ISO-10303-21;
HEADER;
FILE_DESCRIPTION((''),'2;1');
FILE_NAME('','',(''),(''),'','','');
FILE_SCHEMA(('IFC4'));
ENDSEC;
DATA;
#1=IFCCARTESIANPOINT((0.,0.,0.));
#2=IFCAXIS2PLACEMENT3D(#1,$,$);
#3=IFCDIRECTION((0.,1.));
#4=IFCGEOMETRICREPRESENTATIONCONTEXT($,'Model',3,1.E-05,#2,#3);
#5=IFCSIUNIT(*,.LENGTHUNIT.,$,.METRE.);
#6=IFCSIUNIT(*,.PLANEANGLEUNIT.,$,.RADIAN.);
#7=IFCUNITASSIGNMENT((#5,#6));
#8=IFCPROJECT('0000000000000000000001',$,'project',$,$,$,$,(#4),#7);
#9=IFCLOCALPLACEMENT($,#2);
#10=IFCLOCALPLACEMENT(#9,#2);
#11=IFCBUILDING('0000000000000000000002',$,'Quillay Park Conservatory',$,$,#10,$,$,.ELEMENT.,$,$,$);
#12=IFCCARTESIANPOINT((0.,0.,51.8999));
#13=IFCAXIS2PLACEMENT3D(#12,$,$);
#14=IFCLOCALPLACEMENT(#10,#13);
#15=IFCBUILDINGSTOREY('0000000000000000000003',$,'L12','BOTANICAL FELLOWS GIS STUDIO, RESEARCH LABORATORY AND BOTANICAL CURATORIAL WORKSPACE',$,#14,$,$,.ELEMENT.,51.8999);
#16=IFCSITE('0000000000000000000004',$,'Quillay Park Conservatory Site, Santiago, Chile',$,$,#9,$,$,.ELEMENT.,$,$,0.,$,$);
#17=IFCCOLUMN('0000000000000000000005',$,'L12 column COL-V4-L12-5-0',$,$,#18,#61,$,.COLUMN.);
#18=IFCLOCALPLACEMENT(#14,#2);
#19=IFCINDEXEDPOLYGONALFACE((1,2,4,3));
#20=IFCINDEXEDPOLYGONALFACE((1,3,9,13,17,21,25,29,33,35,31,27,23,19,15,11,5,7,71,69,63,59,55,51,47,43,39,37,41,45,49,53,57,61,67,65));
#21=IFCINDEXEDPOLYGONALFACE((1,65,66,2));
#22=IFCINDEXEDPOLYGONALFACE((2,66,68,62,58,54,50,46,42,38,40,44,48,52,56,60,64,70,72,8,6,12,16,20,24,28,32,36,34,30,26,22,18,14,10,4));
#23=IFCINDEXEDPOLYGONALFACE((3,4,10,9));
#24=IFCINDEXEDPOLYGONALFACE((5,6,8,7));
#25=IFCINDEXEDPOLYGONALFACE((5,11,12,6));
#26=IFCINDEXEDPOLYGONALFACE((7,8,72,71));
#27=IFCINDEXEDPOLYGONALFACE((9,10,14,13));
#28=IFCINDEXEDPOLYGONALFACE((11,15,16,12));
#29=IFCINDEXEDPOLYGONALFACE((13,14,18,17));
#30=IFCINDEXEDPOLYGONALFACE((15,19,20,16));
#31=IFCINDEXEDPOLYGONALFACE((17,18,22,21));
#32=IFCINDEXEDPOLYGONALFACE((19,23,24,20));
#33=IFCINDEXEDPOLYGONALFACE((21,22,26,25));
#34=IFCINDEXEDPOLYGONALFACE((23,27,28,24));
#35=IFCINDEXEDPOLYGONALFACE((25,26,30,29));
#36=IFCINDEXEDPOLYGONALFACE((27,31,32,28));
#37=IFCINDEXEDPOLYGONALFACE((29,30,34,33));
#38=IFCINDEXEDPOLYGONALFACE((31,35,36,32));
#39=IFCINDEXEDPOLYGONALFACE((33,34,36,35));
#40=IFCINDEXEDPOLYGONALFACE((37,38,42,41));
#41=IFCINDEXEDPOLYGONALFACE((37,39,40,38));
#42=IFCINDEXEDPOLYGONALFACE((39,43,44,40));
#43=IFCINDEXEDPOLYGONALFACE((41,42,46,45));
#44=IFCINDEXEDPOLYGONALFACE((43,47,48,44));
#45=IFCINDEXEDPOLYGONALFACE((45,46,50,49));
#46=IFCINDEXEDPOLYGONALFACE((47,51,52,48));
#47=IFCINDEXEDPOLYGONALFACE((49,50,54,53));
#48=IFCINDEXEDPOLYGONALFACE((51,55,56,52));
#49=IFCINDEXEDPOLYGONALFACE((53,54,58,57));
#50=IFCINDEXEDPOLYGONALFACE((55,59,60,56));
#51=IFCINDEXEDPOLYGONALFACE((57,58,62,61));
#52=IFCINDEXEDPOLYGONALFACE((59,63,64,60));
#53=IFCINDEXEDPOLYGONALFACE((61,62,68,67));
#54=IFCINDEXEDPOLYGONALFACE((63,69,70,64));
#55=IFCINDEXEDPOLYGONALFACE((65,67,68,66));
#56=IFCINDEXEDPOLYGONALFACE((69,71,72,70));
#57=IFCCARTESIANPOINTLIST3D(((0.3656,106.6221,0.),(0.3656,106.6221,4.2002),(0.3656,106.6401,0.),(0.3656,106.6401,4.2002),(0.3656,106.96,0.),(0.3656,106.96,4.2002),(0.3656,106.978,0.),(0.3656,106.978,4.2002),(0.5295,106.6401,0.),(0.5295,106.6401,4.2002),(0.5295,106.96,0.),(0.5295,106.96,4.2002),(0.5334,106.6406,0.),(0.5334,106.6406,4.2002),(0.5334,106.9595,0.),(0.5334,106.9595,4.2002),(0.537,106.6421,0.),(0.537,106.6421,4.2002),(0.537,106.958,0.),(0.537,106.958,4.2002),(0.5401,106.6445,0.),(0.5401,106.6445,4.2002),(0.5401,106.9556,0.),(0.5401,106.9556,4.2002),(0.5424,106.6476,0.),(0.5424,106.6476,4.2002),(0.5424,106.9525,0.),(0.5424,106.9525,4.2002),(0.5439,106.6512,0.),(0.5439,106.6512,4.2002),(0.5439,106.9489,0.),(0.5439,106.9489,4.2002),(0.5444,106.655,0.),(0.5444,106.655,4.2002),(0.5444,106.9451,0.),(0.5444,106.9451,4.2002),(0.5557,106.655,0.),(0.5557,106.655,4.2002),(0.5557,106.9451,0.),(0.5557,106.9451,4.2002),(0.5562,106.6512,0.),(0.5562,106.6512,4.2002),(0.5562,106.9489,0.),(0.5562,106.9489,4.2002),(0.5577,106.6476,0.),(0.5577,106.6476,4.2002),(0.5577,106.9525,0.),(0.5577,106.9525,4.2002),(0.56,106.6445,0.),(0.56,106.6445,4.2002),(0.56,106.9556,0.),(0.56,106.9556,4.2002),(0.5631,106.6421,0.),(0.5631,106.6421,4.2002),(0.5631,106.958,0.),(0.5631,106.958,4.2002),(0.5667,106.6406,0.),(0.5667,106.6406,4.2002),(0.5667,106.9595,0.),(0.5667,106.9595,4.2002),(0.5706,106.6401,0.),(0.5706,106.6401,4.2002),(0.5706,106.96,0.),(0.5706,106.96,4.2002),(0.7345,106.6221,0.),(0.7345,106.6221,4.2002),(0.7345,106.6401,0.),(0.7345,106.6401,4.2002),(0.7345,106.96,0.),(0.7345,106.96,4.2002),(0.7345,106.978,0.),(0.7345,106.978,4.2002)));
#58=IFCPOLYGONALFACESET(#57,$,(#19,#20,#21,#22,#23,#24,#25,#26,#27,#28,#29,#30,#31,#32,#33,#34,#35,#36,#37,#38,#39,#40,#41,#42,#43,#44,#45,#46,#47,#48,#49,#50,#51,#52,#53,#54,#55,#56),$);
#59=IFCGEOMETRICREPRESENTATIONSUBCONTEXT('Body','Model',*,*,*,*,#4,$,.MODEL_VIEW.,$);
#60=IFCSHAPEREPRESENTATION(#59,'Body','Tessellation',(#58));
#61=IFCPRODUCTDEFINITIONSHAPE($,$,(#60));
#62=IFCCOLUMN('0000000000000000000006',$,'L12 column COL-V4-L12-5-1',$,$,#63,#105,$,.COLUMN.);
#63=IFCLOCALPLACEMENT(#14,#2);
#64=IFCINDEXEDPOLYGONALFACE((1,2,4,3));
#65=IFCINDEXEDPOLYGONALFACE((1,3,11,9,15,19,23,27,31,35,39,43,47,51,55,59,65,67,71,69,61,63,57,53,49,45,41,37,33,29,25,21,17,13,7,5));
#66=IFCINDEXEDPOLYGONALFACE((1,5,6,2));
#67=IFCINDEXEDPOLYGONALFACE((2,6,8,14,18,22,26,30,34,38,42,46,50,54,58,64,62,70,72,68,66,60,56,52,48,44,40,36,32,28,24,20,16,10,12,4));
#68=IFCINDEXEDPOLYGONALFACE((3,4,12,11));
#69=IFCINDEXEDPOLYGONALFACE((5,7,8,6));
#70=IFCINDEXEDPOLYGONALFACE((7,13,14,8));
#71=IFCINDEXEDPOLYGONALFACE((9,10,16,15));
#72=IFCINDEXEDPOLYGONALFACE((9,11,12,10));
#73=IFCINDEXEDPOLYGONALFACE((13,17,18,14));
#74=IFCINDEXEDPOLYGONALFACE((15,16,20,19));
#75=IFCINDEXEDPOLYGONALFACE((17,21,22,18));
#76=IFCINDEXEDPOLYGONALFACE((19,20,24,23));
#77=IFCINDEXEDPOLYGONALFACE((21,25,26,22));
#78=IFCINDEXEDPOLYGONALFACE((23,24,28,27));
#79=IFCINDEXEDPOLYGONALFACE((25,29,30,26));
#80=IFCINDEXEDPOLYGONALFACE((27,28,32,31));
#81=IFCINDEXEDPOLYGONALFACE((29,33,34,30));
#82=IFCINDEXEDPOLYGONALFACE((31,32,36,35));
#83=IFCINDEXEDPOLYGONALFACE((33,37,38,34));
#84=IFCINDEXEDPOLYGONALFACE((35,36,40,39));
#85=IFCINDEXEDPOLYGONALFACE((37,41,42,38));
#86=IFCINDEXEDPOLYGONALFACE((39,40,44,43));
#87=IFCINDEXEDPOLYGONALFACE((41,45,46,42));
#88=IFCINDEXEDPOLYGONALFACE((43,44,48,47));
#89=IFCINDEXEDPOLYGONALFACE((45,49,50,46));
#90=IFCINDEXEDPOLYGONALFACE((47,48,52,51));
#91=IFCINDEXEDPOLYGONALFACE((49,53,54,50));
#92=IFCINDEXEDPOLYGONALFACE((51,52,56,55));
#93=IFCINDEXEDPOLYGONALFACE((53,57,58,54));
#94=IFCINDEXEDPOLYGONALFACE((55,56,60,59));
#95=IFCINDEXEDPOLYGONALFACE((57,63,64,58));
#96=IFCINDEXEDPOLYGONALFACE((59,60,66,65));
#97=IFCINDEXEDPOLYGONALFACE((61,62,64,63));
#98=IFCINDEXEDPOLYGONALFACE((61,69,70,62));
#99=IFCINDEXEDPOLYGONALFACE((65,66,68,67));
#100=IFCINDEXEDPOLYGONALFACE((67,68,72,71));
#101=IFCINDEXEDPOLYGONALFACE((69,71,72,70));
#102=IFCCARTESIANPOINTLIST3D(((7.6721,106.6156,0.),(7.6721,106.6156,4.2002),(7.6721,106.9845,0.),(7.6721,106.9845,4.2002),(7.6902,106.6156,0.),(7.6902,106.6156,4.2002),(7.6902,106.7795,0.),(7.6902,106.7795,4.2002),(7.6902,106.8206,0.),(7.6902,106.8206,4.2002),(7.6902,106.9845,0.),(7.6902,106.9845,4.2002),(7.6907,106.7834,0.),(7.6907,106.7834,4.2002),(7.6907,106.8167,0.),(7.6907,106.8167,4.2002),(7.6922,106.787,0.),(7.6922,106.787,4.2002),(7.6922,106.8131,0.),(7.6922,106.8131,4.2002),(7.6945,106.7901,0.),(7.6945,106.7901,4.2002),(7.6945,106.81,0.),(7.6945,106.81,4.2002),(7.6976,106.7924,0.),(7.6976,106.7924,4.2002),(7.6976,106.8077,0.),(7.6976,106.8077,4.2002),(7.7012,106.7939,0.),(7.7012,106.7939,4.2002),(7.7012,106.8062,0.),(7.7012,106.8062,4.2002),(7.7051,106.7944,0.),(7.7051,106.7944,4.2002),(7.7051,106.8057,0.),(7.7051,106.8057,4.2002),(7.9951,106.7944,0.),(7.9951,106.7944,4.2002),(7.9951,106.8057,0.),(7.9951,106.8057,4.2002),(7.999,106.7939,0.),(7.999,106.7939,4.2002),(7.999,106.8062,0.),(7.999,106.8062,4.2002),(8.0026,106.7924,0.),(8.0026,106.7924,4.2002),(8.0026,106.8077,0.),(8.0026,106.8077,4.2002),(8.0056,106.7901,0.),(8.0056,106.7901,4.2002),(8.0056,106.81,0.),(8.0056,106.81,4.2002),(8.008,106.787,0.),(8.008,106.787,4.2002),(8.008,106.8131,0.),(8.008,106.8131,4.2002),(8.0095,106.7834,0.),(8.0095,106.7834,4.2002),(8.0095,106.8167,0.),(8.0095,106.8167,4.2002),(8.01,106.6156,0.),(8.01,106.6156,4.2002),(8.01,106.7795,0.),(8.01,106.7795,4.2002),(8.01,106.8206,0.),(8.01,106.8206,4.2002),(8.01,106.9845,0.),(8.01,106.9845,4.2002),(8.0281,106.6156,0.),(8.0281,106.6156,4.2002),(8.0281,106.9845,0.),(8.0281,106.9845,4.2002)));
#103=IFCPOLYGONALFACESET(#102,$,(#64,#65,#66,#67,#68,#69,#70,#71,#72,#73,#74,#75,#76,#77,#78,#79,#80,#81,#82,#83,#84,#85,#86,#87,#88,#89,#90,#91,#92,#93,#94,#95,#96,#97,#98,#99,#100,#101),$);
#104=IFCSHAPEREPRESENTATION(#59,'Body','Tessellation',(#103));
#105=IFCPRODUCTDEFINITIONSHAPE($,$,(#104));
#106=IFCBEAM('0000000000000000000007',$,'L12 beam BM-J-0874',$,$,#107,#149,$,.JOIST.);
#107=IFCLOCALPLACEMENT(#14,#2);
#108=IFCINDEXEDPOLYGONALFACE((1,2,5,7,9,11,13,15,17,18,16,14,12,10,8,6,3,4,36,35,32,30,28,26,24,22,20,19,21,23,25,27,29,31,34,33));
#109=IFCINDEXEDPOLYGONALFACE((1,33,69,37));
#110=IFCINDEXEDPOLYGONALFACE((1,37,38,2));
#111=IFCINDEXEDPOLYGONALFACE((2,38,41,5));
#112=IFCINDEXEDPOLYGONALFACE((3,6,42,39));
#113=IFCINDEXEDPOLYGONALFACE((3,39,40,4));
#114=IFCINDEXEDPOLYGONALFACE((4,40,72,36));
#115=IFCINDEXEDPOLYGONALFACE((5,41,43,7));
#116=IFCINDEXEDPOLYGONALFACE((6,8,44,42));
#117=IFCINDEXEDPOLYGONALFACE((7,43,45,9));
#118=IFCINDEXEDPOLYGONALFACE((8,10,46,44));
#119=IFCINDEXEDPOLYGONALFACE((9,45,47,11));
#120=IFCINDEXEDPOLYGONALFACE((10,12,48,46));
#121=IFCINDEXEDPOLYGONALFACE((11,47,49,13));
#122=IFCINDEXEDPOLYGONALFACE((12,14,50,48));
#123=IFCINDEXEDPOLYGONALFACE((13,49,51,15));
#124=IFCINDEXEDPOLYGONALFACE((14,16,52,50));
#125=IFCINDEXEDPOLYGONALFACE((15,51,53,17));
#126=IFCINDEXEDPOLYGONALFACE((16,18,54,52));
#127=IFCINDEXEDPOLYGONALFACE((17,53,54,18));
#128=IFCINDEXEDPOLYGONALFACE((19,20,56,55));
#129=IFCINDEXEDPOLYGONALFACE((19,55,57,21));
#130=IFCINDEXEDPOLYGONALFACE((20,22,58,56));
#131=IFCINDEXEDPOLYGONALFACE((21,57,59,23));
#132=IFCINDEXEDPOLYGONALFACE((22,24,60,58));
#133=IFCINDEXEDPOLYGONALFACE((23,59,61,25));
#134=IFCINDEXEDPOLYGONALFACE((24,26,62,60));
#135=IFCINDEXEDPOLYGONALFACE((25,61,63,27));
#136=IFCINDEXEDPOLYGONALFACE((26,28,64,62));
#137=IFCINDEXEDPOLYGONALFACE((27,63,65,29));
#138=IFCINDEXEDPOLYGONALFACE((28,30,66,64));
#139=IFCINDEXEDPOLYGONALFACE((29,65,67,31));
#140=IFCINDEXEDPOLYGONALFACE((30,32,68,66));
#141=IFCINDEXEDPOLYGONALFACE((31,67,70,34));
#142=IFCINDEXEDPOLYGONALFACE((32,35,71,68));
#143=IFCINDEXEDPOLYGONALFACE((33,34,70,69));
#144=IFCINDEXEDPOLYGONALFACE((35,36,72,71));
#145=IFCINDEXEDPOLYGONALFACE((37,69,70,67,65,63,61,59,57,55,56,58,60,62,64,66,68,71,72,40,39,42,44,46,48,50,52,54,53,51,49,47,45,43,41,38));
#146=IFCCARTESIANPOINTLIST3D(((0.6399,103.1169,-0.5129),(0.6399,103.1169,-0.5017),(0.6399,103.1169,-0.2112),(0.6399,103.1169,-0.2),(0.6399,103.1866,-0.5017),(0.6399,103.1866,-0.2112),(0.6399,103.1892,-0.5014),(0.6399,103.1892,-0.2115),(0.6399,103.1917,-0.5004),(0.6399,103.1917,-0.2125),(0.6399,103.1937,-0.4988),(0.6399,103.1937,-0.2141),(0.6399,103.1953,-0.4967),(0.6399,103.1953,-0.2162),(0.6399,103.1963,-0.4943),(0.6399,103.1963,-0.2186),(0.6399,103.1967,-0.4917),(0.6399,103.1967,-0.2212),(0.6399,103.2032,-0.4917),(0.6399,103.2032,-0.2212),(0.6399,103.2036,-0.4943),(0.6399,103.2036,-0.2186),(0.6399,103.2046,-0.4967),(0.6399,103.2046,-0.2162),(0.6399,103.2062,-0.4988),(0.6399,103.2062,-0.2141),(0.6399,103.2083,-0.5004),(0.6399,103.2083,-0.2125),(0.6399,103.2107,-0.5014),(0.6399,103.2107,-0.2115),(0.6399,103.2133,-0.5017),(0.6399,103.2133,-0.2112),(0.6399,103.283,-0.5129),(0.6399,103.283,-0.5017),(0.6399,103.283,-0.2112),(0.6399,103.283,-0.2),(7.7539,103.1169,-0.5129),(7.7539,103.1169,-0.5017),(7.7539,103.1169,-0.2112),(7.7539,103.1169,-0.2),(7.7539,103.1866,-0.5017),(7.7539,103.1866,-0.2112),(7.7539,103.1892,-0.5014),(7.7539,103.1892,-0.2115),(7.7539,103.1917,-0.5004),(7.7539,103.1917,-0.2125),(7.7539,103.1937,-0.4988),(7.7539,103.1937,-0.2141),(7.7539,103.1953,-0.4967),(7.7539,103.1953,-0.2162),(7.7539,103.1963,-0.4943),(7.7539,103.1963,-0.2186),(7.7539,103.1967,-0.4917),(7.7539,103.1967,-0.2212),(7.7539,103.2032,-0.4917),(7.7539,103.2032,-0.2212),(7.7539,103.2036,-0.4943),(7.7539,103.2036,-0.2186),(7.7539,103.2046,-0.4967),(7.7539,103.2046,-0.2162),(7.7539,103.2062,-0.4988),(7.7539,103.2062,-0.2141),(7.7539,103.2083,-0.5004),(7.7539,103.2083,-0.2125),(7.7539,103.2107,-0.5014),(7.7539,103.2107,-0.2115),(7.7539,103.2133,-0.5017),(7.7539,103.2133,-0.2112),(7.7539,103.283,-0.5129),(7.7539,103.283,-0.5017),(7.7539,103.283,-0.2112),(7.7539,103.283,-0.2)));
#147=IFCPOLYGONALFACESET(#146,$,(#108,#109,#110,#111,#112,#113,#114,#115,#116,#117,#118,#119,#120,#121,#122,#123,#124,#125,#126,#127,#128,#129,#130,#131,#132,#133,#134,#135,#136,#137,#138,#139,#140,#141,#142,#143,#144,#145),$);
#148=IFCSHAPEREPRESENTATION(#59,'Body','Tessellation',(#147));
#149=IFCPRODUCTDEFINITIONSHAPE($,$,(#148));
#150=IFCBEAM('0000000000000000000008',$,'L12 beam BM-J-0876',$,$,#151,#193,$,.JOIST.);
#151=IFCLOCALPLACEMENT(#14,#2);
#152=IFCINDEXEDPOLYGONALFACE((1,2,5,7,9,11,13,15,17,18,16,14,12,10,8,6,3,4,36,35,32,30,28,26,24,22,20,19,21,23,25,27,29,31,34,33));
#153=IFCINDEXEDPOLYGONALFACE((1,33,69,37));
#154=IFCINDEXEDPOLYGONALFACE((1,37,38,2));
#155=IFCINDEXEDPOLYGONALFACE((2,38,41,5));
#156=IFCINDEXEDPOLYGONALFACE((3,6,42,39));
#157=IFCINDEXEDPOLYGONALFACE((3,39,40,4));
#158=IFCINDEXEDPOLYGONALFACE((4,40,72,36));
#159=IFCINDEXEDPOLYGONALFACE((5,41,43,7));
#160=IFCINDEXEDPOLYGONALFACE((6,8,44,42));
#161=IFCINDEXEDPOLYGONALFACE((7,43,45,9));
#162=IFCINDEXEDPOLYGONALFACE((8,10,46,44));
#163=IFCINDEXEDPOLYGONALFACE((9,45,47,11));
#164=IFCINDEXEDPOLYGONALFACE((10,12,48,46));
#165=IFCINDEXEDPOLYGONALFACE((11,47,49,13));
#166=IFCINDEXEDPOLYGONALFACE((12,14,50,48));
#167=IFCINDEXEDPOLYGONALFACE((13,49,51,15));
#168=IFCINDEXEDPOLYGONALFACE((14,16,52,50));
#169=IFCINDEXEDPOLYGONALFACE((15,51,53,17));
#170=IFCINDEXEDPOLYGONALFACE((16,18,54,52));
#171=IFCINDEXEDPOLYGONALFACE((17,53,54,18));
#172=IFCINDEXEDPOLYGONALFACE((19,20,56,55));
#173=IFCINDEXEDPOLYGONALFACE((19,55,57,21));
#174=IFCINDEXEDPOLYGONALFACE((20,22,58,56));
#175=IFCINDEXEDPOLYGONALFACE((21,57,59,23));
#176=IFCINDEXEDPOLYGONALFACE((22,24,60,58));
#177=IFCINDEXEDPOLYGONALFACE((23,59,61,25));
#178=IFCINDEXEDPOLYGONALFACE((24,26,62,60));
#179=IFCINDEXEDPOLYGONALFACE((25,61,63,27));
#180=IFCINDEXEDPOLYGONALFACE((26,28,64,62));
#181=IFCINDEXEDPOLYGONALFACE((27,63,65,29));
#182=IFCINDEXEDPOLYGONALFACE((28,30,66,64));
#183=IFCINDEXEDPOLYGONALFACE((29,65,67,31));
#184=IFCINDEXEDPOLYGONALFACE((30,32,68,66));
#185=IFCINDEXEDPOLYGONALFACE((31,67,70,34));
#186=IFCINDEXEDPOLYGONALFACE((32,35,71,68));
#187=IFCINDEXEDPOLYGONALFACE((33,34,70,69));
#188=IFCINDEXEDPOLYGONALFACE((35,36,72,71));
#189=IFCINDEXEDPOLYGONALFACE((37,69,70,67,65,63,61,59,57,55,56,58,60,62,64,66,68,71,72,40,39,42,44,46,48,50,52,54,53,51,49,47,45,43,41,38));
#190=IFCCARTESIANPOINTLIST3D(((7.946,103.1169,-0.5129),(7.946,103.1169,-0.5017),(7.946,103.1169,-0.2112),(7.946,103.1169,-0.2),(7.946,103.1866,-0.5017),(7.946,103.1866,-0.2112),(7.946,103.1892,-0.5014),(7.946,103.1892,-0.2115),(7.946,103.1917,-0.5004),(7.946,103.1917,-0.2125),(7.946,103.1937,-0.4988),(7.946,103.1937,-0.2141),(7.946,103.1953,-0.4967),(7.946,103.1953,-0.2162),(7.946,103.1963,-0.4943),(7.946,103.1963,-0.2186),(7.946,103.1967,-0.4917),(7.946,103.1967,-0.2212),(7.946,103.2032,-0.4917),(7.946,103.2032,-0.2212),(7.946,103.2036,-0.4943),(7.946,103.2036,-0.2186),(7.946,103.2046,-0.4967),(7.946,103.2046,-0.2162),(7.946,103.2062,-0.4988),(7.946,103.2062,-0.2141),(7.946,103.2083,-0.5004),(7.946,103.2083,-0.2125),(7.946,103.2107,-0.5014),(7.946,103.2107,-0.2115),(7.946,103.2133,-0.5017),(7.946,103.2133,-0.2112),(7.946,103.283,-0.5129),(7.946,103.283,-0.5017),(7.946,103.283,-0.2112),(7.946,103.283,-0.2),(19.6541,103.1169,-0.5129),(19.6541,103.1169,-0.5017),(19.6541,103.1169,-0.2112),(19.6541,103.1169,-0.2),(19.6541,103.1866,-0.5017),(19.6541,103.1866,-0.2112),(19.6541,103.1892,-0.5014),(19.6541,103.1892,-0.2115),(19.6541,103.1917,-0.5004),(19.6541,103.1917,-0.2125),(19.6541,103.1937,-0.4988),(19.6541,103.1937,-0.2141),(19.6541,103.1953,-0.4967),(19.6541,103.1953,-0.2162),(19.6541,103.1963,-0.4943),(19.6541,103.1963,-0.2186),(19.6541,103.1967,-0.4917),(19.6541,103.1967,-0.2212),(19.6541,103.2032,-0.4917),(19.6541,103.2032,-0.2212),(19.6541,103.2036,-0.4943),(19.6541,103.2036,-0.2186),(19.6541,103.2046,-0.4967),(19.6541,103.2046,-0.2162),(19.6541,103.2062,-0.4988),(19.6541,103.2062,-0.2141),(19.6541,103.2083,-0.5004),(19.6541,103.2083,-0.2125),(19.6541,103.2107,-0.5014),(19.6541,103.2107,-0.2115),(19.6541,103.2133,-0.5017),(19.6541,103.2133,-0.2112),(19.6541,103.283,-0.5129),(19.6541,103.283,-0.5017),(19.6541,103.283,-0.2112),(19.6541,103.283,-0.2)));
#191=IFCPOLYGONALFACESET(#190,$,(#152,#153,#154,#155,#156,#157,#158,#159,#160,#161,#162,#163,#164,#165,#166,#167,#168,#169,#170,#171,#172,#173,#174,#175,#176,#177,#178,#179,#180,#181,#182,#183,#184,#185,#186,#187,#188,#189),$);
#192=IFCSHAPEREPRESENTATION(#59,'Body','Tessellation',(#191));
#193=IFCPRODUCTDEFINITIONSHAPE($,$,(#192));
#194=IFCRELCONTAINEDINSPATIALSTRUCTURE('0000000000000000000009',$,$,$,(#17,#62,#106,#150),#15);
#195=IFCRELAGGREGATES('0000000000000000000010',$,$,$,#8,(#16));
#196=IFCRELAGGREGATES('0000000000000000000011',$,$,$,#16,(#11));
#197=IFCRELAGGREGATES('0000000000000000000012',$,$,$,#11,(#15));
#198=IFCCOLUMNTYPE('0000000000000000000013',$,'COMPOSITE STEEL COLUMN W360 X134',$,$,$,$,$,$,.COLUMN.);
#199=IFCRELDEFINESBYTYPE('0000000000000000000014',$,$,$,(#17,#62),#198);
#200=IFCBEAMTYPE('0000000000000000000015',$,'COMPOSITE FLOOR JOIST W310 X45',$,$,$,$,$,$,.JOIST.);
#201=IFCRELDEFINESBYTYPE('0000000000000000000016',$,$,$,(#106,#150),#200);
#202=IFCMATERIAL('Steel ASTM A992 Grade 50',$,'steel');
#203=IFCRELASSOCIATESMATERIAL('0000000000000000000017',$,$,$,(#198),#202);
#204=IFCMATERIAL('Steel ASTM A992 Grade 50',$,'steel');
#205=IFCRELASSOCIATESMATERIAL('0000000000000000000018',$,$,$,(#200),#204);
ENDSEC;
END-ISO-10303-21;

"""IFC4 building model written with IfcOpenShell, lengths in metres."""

from ifc_helpers import new_model, si_unit, direction, frame, origin, origin_2d, place, context, subcontext, project, spatial, i_section, extrude, material, material_profile, profile_set, type_object, element, save


model = new_model("IFC4")

# Units and contexts
model_context = context("Model", 3, precision=1e-05, world=origin(), true_north=direction((0.0, 1.0)))
body_context = subcontext(model_context, "Body", "Model", "MODEL_VIEW")
ifc_project = project(units=[si_unit("LENGTHUNIT", "METRE"), si_unit("PLANEANGLEUNIT", "RADIAN")], contexts=[model_context])

# Site, building, storey
site_placement = place(None, origin())
site = spatial("IfcSite", under=ifc_project, at=site_placement, Name="Quillay Park Conservatory Site, Santiago, Chile", CompositionType="ELEMENT", RefElevation=0.0)
building_placement = place(site_placement, origin())
building = spatial("IfcBuilding", under=site, at=building_placement, Name="Quillay Park Conservatory", CompositionType="ELEMENT")
storey_placement = place(building_placement, frame((0.0, 0.0, 51.8999)))
storey = spatial("IfcBuildingStorey", under=building, at=storey_placement, Name="L12", Description="BOTANICAL FELLOWS GIS STUDIO, RESEARCH LABORATORY AND BOTANICAL CURATORIAL WORKSPACE", CompositionType="ELEMENT", Elevation=51.8999)

# Columns
ifc_material_1 = material(Name="Steel ASTM A992 Grade 50", Category="steel")
ifc_material_profile_1 = material_profile(ifc_material_1, i_section(OverallWidth=0.3689, OverallDepth=0.356, WebThickness=0.0112, FlangeThickness=0.0181, FilletRadius=0.0149, at=origin_2d()), Name="W360x134")
ifc_profile_set_1 = profile_set([ifc_material_profile_1], Name="Steel ASTM A992 Grade 50")
column_type = type_object("IfcColumnType", Name="COMPOSITE STEEL COLUMN W360 X134", PredefinedType="COLUMN", material=ifc_profile_set_1)
for number, where, z_axis, x_axis, name in (
    (1, (0.55, 106.8, 0.0), (0.0, 0.0, 1.0), (1.0, 0.0, 0.0), "L12 column COL-V4-L12-5-0"),
    (2, (7.8501, 106.8, 0.0), (0.0, 0.0, 1.0), (0.0, 1.0, 0.0), "L12 column COL-V4-L12-5-1"),
):
    element("IfcColumn", number, at=place(storey_placement, frame(where, z_axis=z_axis, x_axis=x_axis)), inside=storey, type_object=column_type, Name=name, PredefinedType="COLUMN", context=body_context, shape_type="SweptSolid", body=[
        extrude(i_section(OverallWidth=0.3689, OverallDepth=0.356, WebThickness=0.0112, FlangeThickness=0.0181, FilletRadius=0.0149, at=origin_2d()), origin(), (0.0, 0.0, 1.0), 4.2002),
    ])

# Beams
ifc_material_2 = material(Name="Steel ASTM A992 Grade 50", Category="steel")
ifc_material_profile_2 = material_profile(ifc_material_2, i_section(OverallWidth=0.166, OverallDepth=0.313, WebThickness=0.0066, FlangeThickness=0.0112, FilletRadius=0.01, at=origin_2d()), Name="W310x45")
ifc_profile_set_2 = profile_set([ifc_material_profile_2], Name="Steel ASTM A992 Grade 50")
beam_type_1 = type_object("IfcBeamType", Name="COMPOSITE FLOOR JOIST W310 X45", PredefinedType="JOIST", material=ifc_profile_set_2)
beam_1_placement = place(storey_placement, frame((0.6399, 103.2, -0.3564), z_axis=(1.0, 0.0, 0.0), x_axis=(0.0, 1.0, 0.0)))
element("IfcBeam", 3, at=beam_1_placement, inside=storey, type_object=beam_type_1, Name="L12 beam BM-J-0874", PredefinedType="JOIST", context=body_context, shape_type="SweptSolid", body=[
    extrude(i_section(OverallWidth=0.166, OverallDepth=0.313, WebThickness=0.0066, FlangeThickness=0.0112, FilletRadius=0.01, at=origin_2d()), origin(), (0.0, 0.0, 1.0), 7.114),
])
beam_2_placement = place(storey_placement, frame((7.946, 103.2, -0.3564), z_axis=(1.0, 0.0, 0.0), x_axis=(0.0, 1.0, 0.0)))
element("IfcBeam", 4, at=beam_2_placement, inside=storey, type_object=beam_type_1, Name="L12 beam BM-J-0876", PredefinedType="JOIST", context=body_context, shape_type="SweptSolid", body=[
    extrude(i_section(OverallWidth=0.166, OverallDepth=0.313, WebThickness=0.0066, FlangeThickness=0.0112, FilletRadius=0.01, at=origin_2d()), origin(), (0.0, 0.0, 1.0), 11.708),
])

save(model, "model.ifc")
